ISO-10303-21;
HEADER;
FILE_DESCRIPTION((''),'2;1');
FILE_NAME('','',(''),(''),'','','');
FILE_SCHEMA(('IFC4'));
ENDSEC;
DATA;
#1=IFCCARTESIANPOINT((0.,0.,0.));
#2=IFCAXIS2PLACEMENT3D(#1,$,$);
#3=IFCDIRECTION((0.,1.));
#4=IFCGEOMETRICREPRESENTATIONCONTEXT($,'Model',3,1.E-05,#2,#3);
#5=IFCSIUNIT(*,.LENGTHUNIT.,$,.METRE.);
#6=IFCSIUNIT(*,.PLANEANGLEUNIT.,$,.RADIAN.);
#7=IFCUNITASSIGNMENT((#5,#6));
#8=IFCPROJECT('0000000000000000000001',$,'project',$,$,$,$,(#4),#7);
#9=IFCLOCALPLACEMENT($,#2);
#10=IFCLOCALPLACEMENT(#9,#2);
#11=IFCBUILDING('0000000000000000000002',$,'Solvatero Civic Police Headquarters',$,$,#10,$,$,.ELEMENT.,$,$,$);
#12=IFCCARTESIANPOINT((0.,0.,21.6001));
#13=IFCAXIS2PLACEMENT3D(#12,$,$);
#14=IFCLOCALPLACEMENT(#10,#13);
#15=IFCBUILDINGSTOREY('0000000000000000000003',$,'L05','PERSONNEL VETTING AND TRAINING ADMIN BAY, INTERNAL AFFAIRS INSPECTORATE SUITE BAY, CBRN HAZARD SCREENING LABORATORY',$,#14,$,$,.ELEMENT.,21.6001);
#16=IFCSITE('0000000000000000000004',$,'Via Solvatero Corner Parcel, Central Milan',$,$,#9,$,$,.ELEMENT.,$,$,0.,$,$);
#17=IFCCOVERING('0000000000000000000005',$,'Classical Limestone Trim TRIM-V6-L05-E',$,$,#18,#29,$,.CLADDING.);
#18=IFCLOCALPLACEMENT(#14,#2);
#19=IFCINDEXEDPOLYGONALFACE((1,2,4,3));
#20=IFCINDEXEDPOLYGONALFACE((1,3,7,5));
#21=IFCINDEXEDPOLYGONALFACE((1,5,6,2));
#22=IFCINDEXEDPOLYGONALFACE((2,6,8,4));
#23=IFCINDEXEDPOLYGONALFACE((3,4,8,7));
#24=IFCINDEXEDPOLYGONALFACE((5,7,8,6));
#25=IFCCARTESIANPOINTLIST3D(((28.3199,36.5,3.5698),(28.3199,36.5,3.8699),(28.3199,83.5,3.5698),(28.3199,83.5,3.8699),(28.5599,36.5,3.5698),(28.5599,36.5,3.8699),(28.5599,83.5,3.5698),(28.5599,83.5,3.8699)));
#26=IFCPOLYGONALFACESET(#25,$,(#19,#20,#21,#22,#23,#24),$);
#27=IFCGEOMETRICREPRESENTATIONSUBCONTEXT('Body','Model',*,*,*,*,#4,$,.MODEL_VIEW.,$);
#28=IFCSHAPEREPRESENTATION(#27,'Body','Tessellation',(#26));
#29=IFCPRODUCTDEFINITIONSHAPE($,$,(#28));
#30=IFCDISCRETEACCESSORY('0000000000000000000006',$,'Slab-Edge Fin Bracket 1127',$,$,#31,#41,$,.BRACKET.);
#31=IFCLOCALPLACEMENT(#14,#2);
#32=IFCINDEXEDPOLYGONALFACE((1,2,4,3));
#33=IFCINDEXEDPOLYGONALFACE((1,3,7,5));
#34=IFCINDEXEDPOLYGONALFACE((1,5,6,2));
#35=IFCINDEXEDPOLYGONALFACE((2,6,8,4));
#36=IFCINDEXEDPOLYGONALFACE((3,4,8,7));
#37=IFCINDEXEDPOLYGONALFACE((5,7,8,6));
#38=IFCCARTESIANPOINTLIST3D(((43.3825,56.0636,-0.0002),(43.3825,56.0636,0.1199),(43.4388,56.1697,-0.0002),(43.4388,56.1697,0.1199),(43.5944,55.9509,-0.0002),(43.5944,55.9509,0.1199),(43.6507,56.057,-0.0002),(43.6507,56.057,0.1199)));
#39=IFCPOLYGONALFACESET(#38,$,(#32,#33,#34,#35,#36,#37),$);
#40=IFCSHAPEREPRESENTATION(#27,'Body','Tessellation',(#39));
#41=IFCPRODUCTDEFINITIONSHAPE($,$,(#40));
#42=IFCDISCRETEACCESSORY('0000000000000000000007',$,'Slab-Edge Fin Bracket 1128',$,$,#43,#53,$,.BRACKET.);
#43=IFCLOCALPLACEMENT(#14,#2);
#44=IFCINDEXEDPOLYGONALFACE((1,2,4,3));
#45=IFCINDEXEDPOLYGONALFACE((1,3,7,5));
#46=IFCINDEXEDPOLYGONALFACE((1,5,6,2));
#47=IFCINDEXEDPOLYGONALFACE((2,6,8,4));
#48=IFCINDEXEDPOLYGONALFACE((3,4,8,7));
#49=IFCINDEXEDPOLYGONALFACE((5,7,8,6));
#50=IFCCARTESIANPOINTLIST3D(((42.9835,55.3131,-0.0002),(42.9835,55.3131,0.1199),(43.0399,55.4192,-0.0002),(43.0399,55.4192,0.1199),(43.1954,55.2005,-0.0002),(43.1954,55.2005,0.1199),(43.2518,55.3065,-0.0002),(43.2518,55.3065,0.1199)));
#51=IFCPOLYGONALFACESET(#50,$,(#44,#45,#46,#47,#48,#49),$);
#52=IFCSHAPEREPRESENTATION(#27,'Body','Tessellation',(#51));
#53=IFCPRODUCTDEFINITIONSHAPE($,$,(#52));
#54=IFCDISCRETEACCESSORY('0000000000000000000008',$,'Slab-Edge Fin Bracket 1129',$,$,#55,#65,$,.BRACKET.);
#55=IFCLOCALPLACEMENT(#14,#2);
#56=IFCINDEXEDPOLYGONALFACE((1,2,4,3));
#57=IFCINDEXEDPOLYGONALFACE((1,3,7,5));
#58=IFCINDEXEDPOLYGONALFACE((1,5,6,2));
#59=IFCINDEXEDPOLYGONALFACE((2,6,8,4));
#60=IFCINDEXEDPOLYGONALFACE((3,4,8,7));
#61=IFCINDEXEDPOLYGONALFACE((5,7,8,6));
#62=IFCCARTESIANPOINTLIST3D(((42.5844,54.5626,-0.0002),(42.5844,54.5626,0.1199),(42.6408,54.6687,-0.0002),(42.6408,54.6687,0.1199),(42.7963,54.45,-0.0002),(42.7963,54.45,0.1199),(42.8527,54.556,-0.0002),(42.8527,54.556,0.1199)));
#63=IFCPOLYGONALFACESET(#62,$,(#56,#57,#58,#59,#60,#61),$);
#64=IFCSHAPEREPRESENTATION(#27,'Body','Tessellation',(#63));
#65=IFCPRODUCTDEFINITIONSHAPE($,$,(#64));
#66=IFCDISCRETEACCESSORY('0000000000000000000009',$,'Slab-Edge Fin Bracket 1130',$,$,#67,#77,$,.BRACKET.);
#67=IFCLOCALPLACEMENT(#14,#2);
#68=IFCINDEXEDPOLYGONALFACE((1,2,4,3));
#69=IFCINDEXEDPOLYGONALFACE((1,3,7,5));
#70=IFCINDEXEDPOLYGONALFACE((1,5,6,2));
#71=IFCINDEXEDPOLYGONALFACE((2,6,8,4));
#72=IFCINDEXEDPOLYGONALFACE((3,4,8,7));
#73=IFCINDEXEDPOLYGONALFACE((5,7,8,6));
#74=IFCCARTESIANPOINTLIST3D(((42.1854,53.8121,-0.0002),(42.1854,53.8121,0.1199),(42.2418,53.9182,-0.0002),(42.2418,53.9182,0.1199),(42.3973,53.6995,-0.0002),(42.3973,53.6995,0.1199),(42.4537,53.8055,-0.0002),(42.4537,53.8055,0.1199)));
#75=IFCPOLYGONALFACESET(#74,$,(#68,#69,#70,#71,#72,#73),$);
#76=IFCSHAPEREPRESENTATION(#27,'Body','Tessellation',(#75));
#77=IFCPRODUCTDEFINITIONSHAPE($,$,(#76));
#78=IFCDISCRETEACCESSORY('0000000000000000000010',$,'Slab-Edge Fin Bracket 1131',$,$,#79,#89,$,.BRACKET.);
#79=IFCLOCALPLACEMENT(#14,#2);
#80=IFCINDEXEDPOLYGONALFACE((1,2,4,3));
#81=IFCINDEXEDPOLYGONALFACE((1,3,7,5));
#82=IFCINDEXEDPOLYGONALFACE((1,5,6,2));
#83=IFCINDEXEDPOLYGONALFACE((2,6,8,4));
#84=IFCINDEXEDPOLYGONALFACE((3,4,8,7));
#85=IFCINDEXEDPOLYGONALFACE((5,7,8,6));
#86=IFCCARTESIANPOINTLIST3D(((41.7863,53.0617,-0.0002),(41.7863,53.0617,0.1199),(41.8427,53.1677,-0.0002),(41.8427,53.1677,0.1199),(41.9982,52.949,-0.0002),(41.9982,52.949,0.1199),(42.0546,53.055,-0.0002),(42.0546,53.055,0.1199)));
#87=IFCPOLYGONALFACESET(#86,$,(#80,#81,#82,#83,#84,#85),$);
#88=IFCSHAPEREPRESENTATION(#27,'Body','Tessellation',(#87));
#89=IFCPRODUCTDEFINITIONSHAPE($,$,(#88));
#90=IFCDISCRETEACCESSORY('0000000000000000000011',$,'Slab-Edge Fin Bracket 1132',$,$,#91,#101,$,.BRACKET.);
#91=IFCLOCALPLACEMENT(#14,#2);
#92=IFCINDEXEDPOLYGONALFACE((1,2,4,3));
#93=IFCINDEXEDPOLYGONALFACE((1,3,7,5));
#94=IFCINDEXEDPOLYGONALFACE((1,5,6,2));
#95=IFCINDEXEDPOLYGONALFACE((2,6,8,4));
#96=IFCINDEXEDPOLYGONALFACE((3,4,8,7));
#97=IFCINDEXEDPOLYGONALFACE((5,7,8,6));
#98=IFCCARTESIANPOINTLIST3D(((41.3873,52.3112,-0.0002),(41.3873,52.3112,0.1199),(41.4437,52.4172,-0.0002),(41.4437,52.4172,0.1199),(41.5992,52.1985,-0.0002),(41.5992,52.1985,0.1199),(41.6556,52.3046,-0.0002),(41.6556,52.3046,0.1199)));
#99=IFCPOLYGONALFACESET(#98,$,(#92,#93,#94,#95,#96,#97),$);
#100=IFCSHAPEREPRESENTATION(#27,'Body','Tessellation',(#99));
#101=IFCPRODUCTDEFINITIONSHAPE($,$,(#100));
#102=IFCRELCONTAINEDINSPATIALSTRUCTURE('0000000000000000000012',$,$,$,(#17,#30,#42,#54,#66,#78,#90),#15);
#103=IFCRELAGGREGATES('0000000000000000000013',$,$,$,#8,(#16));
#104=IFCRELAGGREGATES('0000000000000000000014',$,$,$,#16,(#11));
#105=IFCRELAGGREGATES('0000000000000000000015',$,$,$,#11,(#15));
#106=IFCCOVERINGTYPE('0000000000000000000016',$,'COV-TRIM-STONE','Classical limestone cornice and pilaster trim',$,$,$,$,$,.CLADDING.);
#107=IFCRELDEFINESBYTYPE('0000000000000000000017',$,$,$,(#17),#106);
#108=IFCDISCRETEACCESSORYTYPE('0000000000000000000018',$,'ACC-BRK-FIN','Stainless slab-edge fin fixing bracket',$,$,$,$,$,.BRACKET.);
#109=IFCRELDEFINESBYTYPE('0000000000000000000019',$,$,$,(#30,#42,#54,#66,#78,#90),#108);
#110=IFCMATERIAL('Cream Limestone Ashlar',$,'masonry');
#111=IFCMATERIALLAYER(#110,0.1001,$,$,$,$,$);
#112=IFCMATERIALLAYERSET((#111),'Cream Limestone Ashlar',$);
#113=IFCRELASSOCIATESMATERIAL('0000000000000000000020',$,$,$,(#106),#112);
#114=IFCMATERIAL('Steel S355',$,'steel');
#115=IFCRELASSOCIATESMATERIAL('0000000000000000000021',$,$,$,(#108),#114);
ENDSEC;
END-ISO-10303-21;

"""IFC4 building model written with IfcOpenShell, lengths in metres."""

from ifc_helpers import new_model, si_unit, direction, frame, origin, origin_2d, place, context, subcontext, project, spatial, rectangle, extrude, material, layer, layer_set, type_object, element, save


model = new_model("IFC4")

# Units and contexts
model_context = context("Model", 3, precision=1e-05, world=origin(), true_north=direction((0.0, 1.0)))
body_context = subcontext(model_context, "Body", "Model", "MODEL_VIEW")
ifc_project = project(units=[si_unit("LENGTHUNIT", "METRE"), si_unit("PLANEANGLEUNIT", "RADIAN")], contexts=[model_context])

# Site, building, storey
site_placement = place(None, origin())
site = spatial("IfcSite", under=ifc_project, at=site_placement, Name="Via Solvatero Corner Parcel, Central Milan", CompositionType="ELEMENT", RefElevation=0.0)
building_placement = place(site_placement, origin())
building = spatial("IfcBuilding", under=site, at=building_placement, Name="Solvatero Civic Police Headquarters", CompositionType="ELEMENT")
storey_placement = place(building_placement, frame((0.0, 0.0, 21.6001)))
storey = spatial("IfcBuildingStorey", under=building, at=storey_placement, Name="L05", Description="PERSONNEL VETTING AND TRAINING ADMIN BAY, INTERNAL AFFAIRS INSPECTORATE SUITE BAY, CBRN HAZARD SCREENING LABORATORY", CompositionType="ELEMENT", Elevation=21.6001)

# Covering
ifc_material_1 = material(Name="Cream Limestone Ashlar", Category="masonry")
ifc_layer_1 = layer(ifc_material_1, 0.1001)
ifc_layer_set_1 = layer_set([ifc_layer_1], Name="Cream Limestone Ashlar")
covering_type_1 = type_object("IfcCoveringType", Name="COV-TRIM-STONE", Description="Classical limestone cornice and pilaster trim", PredefinedType="CLADDING", material=ifc_layer_set_1)
covering_1_placement = place(storey_placement, frame((28.4399, 60.0, 3.5698), z_axis=(0.0, 0.0, 1.0), x_axis=(1.0, 0.0, 0.0)))
element("IfcCovering", 1, at=covering_1_placement, inside=storey, type_object=covering_type_1, Name="Classical Limestone Trim TRIM-V6-L05-E", PredefinedType="CLADDING", context=body_context, shape_type="SweptSolid", body=[
    extrude(rectangle(XDim=0.24, YDim=47.0, at=origin_2d()), origin(), (0.0, 0.0, 1.0), 0.3),
])

# Discrete accessories
ifc_material_2 = material(Name="Steel S355", Category="steel")
discrete_accessory_type = type_object("IfcDiscreteAccessoryType", Name="ACC-BRK-FIN", Description="Stainless slab-edge fin fixing bracket", PredefinedType="BRACKET", material=ifc_material_2)
for number, where, z_axis, x_axis, name in (
    (2, (43.5166, 56.0603, -0.0002), (0.0, 0.0, 1.0), (-0.469472, -0.882948, 0.0), "Slab-Edge Fin Bracket 1127"),
    (3, (43.1177, 55.3098, -0.0002), (0.0, 0.0, 1.0), (-0.469472, -0.882948, 0.0), "Slab-Edge Fin Bracket 1128"),
    (4, (42.7185, 54.5593, -0.0002), (0.0, 0.0, 1.0), (-0.469472, -0.882948, 0.0), "Slab-Edge Fin Bracket 1129"),
    (5, (42.3196, 53.8088, -0.0002), (0.0, 0.0, 1.0), (-0.469472, -0.882948, 0.0), "Slab-Edge Fin Bracket 1130"),
    (6, (41.9204, 53.0583, -0.0002), (0.0, 0.0, 1.0), (-0.469472, -0.882948, 0.0), "Slab-Edge Fin Bracket 1131"),
    (7, (41.5215, 52.3079, -0.0002), (0.0, 0.0, 1.0), (-0.469472, -0.882948, 0.0), "Slab-Edge Fin Bracket 1132"),
):
    element("IfcDiscreteAccessory", number, at=place(storey_placement, frame(where, z_axis=z_axis, x_axis=x_axis)), inside=storey, type_object=discrete_accessory_type, Name=name, PredefinedType="BRACKET", context=body_context, shape_type="SweptSolid", body=[
        extrude(rectangle(XDim=0.1201, YDim=0.24, at=origin_2d()), origin(), (0.0, 0.0, 1.0), 0.1201),
    ])

save(model, "model.ifc")
